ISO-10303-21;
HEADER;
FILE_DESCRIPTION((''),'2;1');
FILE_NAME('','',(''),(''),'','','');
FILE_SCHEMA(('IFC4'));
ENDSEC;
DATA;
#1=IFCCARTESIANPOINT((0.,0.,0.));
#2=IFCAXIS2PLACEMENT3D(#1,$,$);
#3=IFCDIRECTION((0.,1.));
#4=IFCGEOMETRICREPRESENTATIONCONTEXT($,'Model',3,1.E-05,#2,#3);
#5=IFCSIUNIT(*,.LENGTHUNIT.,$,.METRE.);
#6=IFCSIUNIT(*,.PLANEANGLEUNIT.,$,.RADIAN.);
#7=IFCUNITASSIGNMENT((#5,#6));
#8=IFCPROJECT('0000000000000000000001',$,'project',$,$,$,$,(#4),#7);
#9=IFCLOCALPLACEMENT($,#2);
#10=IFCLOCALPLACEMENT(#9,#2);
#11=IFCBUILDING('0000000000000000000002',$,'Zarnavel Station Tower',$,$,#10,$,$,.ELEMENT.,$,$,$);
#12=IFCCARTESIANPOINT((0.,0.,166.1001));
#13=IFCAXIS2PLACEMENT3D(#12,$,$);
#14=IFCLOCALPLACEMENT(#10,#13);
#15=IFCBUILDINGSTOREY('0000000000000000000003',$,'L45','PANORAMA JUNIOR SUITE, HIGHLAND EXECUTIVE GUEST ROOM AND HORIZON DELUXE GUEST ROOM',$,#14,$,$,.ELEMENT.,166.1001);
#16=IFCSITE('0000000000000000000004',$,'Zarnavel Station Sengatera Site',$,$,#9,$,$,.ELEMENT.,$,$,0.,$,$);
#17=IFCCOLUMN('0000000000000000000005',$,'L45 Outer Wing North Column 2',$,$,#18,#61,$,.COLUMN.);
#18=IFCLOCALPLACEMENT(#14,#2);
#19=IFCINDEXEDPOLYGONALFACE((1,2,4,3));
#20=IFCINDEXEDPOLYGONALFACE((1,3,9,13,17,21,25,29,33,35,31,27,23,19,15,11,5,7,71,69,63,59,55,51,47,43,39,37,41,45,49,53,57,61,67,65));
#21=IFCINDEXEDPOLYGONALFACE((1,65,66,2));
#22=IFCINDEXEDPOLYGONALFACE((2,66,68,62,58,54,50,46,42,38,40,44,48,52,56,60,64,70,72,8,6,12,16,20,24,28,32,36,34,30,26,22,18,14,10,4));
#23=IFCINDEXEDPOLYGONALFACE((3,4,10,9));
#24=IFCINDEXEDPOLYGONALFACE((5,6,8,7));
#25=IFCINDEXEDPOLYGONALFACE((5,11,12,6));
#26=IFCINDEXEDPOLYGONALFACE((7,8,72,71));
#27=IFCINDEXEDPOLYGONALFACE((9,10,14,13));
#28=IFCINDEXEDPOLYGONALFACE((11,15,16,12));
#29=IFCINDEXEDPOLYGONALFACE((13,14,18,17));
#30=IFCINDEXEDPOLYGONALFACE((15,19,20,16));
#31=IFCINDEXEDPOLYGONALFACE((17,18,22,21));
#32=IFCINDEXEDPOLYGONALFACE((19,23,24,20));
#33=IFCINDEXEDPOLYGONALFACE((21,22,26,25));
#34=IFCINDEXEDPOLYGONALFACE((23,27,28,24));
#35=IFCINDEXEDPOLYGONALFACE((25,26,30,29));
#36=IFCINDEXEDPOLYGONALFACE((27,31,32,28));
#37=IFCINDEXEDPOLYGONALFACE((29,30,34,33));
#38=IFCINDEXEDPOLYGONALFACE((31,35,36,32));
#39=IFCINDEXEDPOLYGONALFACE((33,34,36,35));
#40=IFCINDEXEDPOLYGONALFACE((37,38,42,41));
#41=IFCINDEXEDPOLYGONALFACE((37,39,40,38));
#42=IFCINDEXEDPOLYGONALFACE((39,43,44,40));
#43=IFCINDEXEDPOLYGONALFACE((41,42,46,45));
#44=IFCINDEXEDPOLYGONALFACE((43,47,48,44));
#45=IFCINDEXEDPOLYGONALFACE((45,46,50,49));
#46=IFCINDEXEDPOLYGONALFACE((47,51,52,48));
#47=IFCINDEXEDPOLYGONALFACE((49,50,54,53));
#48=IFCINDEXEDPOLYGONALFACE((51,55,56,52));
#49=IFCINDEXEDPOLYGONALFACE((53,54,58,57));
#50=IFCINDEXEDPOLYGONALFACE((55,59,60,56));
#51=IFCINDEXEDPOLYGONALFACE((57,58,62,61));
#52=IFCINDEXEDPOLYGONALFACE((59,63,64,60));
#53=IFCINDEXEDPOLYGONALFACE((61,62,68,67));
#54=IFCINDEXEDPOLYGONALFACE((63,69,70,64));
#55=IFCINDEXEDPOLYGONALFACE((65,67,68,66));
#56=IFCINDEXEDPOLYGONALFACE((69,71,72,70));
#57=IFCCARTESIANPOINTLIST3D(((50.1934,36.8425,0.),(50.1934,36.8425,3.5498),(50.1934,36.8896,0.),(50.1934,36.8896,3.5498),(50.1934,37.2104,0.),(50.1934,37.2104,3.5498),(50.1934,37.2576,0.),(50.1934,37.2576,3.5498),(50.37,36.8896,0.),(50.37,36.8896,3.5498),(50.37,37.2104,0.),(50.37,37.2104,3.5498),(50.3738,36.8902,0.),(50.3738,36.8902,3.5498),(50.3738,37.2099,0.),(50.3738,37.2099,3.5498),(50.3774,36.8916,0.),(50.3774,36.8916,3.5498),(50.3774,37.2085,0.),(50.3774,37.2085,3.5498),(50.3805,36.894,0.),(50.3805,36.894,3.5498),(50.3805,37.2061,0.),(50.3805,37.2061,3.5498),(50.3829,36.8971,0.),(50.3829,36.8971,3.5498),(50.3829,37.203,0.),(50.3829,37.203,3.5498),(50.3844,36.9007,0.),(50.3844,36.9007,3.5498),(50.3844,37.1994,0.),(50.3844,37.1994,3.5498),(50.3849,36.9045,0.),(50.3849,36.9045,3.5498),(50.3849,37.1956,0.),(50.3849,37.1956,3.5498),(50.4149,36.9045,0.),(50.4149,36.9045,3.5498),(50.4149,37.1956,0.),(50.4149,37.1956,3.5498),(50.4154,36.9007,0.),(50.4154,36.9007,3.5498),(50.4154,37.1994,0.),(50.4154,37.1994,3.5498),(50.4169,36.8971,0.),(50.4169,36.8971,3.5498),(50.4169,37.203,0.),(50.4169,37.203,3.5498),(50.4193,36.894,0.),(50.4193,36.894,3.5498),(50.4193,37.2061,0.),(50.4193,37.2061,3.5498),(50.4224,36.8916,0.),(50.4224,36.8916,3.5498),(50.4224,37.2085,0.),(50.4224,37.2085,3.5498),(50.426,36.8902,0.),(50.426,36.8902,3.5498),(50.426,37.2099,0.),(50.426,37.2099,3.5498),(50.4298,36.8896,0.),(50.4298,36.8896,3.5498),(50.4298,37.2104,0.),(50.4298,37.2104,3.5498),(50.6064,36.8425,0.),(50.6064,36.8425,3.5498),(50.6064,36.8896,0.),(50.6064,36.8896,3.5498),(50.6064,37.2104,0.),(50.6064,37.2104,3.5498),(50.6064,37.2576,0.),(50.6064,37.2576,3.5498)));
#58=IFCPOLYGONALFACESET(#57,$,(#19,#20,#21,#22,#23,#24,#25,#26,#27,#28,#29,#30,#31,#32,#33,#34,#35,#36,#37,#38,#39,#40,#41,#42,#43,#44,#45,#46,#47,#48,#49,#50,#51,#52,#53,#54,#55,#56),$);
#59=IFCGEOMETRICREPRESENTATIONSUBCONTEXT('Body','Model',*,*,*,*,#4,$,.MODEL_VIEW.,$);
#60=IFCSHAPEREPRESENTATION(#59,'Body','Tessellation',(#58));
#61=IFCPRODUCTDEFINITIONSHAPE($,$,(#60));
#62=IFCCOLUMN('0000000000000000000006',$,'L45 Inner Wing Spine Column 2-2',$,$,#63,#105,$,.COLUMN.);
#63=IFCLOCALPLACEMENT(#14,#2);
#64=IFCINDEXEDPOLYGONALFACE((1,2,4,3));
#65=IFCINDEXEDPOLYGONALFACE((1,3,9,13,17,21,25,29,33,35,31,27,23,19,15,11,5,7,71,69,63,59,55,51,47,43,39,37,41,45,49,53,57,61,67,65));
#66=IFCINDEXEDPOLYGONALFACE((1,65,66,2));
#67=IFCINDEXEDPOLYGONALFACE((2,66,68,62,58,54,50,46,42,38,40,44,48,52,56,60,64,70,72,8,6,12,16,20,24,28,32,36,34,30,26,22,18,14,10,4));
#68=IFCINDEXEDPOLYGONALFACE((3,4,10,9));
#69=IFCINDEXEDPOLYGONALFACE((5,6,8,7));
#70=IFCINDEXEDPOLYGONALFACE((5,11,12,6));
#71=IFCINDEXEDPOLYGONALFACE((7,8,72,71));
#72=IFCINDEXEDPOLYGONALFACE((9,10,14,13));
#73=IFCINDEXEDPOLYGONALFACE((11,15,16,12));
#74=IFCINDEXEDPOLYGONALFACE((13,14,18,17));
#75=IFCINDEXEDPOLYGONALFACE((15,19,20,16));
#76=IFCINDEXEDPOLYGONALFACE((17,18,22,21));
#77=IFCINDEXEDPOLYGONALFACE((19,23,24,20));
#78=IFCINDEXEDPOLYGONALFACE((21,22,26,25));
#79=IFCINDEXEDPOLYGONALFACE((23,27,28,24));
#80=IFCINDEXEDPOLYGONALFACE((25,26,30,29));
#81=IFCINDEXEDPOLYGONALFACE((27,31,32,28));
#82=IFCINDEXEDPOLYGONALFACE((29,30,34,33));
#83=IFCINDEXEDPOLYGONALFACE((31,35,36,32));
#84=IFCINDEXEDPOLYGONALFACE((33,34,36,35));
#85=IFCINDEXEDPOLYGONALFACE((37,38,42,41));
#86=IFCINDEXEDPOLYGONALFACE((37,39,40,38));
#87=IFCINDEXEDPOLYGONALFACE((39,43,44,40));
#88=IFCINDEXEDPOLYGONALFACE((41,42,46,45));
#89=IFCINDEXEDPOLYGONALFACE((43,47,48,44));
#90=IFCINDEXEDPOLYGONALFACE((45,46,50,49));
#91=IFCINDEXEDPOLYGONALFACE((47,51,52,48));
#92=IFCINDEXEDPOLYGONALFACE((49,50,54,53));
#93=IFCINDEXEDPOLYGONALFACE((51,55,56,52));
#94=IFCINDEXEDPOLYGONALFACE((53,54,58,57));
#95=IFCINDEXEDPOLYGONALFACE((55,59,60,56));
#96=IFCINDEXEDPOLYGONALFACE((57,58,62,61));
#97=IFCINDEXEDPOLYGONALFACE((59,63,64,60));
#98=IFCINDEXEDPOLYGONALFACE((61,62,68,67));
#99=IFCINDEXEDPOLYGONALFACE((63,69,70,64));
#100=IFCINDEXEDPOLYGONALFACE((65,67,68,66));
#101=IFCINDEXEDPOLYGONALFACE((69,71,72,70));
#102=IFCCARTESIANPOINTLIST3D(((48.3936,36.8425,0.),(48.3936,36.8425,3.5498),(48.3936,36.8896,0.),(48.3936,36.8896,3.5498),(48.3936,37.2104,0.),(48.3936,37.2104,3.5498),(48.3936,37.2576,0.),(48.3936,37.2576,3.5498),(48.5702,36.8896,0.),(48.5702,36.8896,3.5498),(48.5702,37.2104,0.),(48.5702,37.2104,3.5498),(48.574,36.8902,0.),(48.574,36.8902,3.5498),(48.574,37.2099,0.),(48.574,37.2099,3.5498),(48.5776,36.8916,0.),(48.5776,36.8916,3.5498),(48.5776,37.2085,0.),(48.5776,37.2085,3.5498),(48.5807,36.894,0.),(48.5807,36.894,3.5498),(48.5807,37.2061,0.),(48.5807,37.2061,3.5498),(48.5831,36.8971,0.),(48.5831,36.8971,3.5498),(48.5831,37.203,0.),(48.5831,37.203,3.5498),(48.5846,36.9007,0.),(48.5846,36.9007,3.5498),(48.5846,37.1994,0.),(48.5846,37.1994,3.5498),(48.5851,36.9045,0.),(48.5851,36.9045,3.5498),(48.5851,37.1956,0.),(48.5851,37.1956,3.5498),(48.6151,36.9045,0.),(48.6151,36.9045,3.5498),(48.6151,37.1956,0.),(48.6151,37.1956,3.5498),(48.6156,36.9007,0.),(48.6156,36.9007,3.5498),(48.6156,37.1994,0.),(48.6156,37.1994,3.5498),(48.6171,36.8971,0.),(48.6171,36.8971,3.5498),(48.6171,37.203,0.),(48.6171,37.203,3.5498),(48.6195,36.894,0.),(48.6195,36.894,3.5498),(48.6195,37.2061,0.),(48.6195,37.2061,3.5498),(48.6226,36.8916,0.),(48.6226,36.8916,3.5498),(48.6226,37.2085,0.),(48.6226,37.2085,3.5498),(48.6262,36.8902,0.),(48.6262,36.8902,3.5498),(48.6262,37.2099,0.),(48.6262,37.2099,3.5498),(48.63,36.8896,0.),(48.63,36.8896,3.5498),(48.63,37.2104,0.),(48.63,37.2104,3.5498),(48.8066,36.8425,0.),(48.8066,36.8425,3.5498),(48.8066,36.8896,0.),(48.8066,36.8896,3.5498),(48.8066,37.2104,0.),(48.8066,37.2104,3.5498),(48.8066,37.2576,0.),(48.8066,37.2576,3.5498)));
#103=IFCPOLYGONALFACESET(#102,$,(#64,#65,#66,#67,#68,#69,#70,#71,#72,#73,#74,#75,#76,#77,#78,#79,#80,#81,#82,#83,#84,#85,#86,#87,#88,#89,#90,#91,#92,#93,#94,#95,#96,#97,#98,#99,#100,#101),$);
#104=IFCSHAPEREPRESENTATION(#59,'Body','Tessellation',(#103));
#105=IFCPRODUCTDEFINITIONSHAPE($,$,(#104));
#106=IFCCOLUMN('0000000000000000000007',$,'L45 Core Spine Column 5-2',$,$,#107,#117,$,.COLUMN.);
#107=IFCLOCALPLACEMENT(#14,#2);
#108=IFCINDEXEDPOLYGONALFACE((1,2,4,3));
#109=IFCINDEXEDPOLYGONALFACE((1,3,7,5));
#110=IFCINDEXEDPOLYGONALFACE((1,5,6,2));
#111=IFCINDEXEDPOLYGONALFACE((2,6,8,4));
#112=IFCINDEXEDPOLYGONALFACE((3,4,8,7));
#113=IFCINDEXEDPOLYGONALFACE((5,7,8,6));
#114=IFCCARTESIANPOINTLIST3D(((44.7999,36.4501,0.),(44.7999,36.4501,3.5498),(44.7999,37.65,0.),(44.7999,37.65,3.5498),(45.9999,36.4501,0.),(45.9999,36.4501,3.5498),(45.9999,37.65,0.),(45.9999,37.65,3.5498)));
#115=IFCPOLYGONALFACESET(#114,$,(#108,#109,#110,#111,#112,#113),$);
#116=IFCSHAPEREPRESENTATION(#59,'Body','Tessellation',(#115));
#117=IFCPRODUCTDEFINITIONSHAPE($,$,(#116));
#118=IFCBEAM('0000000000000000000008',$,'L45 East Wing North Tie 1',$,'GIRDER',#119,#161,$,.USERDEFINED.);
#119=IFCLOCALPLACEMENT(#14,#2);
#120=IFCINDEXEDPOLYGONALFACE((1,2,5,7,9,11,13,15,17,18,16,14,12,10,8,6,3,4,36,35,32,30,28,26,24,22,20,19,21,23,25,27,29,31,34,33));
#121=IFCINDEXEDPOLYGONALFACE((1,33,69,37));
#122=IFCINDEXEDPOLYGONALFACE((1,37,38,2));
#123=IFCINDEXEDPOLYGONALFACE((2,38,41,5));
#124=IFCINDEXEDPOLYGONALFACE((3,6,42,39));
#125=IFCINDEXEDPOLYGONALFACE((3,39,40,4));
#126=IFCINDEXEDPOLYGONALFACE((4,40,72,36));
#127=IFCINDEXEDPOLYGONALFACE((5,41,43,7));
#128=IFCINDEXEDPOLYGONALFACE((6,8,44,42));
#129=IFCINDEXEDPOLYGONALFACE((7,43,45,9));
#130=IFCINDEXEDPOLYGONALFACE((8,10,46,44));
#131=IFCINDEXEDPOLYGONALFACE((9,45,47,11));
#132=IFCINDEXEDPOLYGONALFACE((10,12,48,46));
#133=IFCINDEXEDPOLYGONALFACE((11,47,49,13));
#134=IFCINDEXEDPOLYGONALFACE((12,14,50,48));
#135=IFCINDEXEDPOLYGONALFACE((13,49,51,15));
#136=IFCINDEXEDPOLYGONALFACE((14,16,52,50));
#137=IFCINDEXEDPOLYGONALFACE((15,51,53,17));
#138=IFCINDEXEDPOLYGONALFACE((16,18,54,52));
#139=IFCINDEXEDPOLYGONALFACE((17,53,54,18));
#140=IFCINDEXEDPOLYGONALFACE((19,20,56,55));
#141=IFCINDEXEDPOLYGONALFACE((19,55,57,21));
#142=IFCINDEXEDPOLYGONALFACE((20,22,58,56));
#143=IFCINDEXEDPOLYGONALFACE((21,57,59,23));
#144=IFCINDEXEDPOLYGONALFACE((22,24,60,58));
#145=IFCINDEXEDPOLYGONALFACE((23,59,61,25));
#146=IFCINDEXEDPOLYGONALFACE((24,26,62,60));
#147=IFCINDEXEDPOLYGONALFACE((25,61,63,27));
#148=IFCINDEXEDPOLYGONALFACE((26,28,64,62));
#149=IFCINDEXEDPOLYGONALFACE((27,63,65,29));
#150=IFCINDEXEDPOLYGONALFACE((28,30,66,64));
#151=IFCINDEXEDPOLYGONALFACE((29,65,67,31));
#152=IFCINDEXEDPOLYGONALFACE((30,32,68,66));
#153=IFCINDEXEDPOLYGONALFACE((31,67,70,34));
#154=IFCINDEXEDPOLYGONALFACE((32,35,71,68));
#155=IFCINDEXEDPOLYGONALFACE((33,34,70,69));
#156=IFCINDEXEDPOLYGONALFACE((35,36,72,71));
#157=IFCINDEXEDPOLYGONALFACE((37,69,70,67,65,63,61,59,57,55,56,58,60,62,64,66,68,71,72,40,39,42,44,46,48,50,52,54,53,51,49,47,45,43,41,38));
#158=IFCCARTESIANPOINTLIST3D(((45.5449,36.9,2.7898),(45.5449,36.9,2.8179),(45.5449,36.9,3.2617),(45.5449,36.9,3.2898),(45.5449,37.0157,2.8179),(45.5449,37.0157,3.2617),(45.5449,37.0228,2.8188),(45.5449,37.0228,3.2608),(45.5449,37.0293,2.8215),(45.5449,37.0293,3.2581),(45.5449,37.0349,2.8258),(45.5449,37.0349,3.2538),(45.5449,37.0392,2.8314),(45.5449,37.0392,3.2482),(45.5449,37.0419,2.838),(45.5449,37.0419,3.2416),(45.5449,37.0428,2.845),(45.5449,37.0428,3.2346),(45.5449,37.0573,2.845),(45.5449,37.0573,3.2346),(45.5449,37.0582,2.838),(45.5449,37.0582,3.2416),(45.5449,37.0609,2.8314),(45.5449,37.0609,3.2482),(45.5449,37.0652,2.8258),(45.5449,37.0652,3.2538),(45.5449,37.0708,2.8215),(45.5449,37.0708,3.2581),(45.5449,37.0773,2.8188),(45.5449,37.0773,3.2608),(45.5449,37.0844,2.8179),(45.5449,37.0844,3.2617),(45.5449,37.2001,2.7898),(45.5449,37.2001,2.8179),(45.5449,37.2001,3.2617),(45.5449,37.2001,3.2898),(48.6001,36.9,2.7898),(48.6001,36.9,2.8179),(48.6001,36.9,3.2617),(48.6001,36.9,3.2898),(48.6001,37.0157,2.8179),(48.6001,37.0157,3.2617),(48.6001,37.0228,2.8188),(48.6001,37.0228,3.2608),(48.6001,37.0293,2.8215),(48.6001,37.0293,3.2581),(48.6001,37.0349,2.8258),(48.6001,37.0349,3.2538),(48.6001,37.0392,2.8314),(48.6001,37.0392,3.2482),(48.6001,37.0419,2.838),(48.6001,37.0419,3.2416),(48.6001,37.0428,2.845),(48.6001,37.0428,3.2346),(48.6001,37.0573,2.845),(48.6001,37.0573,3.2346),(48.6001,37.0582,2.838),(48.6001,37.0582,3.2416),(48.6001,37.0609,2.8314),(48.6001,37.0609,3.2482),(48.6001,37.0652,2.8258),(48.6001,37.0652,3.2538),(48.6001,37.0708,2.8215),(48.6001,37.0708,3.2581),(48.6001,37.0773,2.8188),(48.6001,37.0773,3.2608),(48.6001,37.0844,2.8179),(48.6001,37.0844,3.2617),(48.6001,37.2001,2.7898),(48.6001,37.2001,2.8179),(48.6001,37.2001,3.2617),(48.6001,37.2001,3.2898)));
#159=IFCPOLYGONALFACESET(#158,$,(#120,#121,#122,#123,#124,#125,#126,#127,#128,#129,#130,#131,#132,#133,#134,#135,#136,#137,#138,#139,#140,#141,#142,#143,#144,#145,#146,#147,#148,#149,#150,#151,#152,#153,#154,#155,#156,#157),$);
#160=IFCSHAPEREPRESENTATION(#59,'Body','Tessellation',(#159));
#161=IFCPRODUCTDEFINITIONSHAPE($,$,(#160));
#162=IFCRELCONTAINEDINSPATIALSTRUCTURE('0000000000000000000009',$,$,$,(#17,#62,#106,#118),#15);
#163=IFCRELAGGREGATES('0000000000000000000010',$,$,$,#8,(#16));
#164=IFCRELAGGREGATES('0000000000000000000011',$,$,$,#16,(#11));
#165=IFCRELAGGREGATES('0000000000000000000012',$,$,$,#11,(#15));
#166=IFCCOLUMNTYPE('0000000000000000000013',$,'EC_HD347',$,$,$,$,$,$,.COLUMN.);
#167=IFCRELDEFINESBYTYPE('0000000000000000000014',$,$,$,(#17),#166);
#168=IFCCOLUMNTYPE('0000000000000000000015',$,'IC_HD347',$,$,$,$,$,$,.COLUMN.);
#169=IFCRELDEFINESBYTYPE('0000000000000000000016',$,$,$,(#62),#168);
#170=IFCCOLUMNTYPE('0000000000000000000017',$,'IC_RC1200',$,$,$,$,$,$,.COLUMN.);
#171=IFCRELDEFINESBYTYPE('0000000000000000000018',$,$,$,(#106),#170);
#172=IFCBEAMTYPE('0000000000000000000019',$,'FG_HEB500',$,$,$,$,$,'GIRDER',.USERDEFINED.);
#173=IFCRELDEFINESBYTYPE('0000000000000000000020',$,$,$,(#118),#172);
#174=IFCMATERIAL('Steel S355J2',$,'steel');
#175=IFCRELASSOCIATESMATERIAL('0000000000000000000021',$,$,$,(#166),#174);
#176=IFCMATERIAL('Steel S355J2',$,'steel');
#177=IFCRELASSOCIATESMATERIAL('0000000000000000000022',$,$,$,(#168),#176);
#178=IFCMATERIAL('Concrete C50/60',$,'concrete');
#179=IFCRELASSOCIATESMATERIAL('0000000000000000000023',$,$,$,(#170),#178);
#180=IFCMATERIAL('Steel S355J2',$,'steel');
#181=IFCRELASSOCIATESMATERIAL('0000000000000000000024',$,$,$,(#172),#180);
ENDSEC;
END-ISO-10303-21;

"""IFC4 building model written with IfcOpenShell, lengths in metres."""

from ifc_helpers import new_model, si_unit, direction, frame, origin, origin_2d, place, context, subcontext, project, spatial, rectangle, i_section, extrude, material, material_profile, profile_set, type_object, element, save


model = new_model("IFC4")

# Units and contexts
model_context = context("Model", 3, precision=1e-05, world=origin(), true_north=direction((0.0, 1.0)))
body_context = subcontext(model_context, "Body", "Model", "MODEL_VIEW")
ifc_project = project(units=[si_unit("LENGTHUNIT", "METRE"), si_unit("PLANEANGLEUNIT", "RADIAN")], contexts=[model_context])

# Site, building, storey
site_placement = place(None, origin())
site = spatial("IfcSite", under=ifc_project, at=site_placement, Name="Zarnavel Station Sengatera Site", CompositionType="ELEMENT", RefElevation=0.0)
building_placement = place(site_placement, origin())
building = spatial("IfcBuilding", under=site, at=building_placement, Name="Zarnavel Station Tower", CompositionType="ELEMENT")
storey_placement = place(building_placement, frame((0.0, 0.0, 166.1001)))
storey = spatial("IfcBuildingStorey", under=building, at=storey_placement, Name="L45", Description="PANORAMA JUNIOR SUITE, HIGHLAND EXECUTIVE GUEST ROOM AND HORIZON DELUXE GUEST ROOM", CompositionType="ELEMENT", Elevation=166.1001)

# Columns
ifc_material_1 = material(Name="Steel S355J2", Category="steel")
ifc_material_profile_1 = material_profile(ifc_material_1, i_section(OverallWidth=0.4131, OverallDepth=0.415, WebThickness=0.03, FlangeThickness=0.0471, FilletRadius=0.0149, at=origin_2d()), Name="HD400x347")
ifc_profile_set_1 = profile_set([ifc_material_profile_1], Name="Steel S355J2")
column_type_1 = type_object("IfcColumnType", Name="EC_HD347", PredefinedType="COLUMN", material=ifc_profile_set_1)
column_1_placement = place(storey_placement, frame((50.3999, 37.05, 0.0), z_axis=(0.0, 0.0, 1.0), x_axis=(1.0, 0.0, 0.0)))
element("IfcColumn", 1, at=column_1_placement, inside=storey, type_object=column_type_1, Name="L45 Outer Wing North Column 2", PredefinedType="COLUMN", context=body_context, shape_type="SweptSolid", body=[
    extrude(i_section(OverallWidth=0.4131, OverallDepth=0.415, WebThickness=0.03, FlangeThickness=0.0471, FilletRadius=0.0149, at=origin_2d()), origin(), (0.0, 0.0, 1.0), 3.5498),
])
ifc_material_2 = material(Name="Steel S355J2", Category="steel")
ifc_material_profile_2 = material_profile(ifc_material_2, i_section(OverallWidth=0.4131, OverallDepth=0.415, WebThickness=0.03, FlangeThickness=0.0471, FilletRadius=0.0149, at=origin_2d()), Name="HD400x347")
ifc_profile_set_2 = profile_set([ifc_material_profile_2], Name="Steel S355J2")
column_type_2 = type_object("IfcColumnType", Name="IC_HD347", PredefinedType="COLUMN", material=ifc_profile_set_2)
column_2_placement = place(storey_placement, frame((48.6001, 37.05, 0.0), z_axis=(0.0, 0.0, 1.0), x_axis=(1.0, 0.0, 0.0)))
element("IfcColumn", 2, at=column_2_placement, inside=storey, type_object=column_type_2, Name="L45 Inner Wing Spine Column 2-2", PredefinedType="COLUMN", context=body_context, shape_type="SweptSolid", body=[
    extrude(i_section(OverallWidth=0.4131, OverallDepth=0.415, WebThickness=0.03, FlangeThickness=0.0471, FilletRadius=0.0149, at=origin_2d()), origin(), (0.0, 0.0, 1.0), 3.5498),
])
ifc_material_3 = material(Name="Concrete C50/60", Category="concrete")
ifc_material_profile_3 = material_profile(ifc_material_3, rectangle(XDim=1.2, YDim=1.2, at=origin_2d()), Name="RC1200x1200")
ifc_profile_set_3 = profile_set([ifc_material_profile_3], Name="Concrete C50/60")
column_type_3 = type_object("IfcColumnType", Name="IC_RC1200", PredefinedType="COLUMN", material=ifc_profile_set_3)
column_3_placement = place(storey_placement, frame((45.3999, 37.05, 0.0), z_axis=(0.0, 0.0, 1.0), x_axis=(1.0, 0.0, 0.0)))
element("IfcColumn", 3, at=column_3_placement, inside=storey, type_object=column_type_3, Name="L45 Core Spine Column 5-2", PredefinedType="COLUMN", context=body_context, shape_type="SweptSolid", body=[
    extrude(rectangle(XDim=1.2, YDim=1.2, at=origin_2d()), origin(), (0.0, 0.0, 1.0), 3.5498),
])

# Beam
ifc_material_4 = material(Name="Steel S355J2", Category="steel")
ifc_material_profile_4 = material_profile(ifc_material_4, i_section(OverallWidth=0.3, OverallDepth=0.5, WebThickness=0.0144, FlangeThickness=0.0281, FilletRadius=0.0271, at=origin_2d()), Name="HEB500")
ifc_profile_set_4 = profile_set([ifc_material_profile_4], Name="Steel S355J2")
beam_type = type_object("IfcBeamType", Name="FG_HEB500", ElementType="GIRDER", PredefinedType="USERDEFINED", material=ifc_profile_set_4)
beam_1_placement = place(storey_placement, frame((45.5449, 37.05, 3.0398), z_axis=(1.0, 0.0, 0.0), x_axis=(0.0, 1.0, 0.0)))
element("IfcBeam", 4, at=beam_1_placement, inside=storey, type_object=beam_type, Name="L45 East Wing North Tie 1", ObjectType="GIRDER", PredefinedType="USERDEFINED", context=body_context, shape_type="SweptSolid", body=[
    extrude(i_section(OverallWidth=0.3, OverallDepth=0.5, WebThickness=0.0144, FlangeThickness=0.0281, FilletRadius=0.0271, at=origin_2d()), origin(), (0.0, 0.0, 1.0), 3.0552),
])

save(model, "model.ifc")
